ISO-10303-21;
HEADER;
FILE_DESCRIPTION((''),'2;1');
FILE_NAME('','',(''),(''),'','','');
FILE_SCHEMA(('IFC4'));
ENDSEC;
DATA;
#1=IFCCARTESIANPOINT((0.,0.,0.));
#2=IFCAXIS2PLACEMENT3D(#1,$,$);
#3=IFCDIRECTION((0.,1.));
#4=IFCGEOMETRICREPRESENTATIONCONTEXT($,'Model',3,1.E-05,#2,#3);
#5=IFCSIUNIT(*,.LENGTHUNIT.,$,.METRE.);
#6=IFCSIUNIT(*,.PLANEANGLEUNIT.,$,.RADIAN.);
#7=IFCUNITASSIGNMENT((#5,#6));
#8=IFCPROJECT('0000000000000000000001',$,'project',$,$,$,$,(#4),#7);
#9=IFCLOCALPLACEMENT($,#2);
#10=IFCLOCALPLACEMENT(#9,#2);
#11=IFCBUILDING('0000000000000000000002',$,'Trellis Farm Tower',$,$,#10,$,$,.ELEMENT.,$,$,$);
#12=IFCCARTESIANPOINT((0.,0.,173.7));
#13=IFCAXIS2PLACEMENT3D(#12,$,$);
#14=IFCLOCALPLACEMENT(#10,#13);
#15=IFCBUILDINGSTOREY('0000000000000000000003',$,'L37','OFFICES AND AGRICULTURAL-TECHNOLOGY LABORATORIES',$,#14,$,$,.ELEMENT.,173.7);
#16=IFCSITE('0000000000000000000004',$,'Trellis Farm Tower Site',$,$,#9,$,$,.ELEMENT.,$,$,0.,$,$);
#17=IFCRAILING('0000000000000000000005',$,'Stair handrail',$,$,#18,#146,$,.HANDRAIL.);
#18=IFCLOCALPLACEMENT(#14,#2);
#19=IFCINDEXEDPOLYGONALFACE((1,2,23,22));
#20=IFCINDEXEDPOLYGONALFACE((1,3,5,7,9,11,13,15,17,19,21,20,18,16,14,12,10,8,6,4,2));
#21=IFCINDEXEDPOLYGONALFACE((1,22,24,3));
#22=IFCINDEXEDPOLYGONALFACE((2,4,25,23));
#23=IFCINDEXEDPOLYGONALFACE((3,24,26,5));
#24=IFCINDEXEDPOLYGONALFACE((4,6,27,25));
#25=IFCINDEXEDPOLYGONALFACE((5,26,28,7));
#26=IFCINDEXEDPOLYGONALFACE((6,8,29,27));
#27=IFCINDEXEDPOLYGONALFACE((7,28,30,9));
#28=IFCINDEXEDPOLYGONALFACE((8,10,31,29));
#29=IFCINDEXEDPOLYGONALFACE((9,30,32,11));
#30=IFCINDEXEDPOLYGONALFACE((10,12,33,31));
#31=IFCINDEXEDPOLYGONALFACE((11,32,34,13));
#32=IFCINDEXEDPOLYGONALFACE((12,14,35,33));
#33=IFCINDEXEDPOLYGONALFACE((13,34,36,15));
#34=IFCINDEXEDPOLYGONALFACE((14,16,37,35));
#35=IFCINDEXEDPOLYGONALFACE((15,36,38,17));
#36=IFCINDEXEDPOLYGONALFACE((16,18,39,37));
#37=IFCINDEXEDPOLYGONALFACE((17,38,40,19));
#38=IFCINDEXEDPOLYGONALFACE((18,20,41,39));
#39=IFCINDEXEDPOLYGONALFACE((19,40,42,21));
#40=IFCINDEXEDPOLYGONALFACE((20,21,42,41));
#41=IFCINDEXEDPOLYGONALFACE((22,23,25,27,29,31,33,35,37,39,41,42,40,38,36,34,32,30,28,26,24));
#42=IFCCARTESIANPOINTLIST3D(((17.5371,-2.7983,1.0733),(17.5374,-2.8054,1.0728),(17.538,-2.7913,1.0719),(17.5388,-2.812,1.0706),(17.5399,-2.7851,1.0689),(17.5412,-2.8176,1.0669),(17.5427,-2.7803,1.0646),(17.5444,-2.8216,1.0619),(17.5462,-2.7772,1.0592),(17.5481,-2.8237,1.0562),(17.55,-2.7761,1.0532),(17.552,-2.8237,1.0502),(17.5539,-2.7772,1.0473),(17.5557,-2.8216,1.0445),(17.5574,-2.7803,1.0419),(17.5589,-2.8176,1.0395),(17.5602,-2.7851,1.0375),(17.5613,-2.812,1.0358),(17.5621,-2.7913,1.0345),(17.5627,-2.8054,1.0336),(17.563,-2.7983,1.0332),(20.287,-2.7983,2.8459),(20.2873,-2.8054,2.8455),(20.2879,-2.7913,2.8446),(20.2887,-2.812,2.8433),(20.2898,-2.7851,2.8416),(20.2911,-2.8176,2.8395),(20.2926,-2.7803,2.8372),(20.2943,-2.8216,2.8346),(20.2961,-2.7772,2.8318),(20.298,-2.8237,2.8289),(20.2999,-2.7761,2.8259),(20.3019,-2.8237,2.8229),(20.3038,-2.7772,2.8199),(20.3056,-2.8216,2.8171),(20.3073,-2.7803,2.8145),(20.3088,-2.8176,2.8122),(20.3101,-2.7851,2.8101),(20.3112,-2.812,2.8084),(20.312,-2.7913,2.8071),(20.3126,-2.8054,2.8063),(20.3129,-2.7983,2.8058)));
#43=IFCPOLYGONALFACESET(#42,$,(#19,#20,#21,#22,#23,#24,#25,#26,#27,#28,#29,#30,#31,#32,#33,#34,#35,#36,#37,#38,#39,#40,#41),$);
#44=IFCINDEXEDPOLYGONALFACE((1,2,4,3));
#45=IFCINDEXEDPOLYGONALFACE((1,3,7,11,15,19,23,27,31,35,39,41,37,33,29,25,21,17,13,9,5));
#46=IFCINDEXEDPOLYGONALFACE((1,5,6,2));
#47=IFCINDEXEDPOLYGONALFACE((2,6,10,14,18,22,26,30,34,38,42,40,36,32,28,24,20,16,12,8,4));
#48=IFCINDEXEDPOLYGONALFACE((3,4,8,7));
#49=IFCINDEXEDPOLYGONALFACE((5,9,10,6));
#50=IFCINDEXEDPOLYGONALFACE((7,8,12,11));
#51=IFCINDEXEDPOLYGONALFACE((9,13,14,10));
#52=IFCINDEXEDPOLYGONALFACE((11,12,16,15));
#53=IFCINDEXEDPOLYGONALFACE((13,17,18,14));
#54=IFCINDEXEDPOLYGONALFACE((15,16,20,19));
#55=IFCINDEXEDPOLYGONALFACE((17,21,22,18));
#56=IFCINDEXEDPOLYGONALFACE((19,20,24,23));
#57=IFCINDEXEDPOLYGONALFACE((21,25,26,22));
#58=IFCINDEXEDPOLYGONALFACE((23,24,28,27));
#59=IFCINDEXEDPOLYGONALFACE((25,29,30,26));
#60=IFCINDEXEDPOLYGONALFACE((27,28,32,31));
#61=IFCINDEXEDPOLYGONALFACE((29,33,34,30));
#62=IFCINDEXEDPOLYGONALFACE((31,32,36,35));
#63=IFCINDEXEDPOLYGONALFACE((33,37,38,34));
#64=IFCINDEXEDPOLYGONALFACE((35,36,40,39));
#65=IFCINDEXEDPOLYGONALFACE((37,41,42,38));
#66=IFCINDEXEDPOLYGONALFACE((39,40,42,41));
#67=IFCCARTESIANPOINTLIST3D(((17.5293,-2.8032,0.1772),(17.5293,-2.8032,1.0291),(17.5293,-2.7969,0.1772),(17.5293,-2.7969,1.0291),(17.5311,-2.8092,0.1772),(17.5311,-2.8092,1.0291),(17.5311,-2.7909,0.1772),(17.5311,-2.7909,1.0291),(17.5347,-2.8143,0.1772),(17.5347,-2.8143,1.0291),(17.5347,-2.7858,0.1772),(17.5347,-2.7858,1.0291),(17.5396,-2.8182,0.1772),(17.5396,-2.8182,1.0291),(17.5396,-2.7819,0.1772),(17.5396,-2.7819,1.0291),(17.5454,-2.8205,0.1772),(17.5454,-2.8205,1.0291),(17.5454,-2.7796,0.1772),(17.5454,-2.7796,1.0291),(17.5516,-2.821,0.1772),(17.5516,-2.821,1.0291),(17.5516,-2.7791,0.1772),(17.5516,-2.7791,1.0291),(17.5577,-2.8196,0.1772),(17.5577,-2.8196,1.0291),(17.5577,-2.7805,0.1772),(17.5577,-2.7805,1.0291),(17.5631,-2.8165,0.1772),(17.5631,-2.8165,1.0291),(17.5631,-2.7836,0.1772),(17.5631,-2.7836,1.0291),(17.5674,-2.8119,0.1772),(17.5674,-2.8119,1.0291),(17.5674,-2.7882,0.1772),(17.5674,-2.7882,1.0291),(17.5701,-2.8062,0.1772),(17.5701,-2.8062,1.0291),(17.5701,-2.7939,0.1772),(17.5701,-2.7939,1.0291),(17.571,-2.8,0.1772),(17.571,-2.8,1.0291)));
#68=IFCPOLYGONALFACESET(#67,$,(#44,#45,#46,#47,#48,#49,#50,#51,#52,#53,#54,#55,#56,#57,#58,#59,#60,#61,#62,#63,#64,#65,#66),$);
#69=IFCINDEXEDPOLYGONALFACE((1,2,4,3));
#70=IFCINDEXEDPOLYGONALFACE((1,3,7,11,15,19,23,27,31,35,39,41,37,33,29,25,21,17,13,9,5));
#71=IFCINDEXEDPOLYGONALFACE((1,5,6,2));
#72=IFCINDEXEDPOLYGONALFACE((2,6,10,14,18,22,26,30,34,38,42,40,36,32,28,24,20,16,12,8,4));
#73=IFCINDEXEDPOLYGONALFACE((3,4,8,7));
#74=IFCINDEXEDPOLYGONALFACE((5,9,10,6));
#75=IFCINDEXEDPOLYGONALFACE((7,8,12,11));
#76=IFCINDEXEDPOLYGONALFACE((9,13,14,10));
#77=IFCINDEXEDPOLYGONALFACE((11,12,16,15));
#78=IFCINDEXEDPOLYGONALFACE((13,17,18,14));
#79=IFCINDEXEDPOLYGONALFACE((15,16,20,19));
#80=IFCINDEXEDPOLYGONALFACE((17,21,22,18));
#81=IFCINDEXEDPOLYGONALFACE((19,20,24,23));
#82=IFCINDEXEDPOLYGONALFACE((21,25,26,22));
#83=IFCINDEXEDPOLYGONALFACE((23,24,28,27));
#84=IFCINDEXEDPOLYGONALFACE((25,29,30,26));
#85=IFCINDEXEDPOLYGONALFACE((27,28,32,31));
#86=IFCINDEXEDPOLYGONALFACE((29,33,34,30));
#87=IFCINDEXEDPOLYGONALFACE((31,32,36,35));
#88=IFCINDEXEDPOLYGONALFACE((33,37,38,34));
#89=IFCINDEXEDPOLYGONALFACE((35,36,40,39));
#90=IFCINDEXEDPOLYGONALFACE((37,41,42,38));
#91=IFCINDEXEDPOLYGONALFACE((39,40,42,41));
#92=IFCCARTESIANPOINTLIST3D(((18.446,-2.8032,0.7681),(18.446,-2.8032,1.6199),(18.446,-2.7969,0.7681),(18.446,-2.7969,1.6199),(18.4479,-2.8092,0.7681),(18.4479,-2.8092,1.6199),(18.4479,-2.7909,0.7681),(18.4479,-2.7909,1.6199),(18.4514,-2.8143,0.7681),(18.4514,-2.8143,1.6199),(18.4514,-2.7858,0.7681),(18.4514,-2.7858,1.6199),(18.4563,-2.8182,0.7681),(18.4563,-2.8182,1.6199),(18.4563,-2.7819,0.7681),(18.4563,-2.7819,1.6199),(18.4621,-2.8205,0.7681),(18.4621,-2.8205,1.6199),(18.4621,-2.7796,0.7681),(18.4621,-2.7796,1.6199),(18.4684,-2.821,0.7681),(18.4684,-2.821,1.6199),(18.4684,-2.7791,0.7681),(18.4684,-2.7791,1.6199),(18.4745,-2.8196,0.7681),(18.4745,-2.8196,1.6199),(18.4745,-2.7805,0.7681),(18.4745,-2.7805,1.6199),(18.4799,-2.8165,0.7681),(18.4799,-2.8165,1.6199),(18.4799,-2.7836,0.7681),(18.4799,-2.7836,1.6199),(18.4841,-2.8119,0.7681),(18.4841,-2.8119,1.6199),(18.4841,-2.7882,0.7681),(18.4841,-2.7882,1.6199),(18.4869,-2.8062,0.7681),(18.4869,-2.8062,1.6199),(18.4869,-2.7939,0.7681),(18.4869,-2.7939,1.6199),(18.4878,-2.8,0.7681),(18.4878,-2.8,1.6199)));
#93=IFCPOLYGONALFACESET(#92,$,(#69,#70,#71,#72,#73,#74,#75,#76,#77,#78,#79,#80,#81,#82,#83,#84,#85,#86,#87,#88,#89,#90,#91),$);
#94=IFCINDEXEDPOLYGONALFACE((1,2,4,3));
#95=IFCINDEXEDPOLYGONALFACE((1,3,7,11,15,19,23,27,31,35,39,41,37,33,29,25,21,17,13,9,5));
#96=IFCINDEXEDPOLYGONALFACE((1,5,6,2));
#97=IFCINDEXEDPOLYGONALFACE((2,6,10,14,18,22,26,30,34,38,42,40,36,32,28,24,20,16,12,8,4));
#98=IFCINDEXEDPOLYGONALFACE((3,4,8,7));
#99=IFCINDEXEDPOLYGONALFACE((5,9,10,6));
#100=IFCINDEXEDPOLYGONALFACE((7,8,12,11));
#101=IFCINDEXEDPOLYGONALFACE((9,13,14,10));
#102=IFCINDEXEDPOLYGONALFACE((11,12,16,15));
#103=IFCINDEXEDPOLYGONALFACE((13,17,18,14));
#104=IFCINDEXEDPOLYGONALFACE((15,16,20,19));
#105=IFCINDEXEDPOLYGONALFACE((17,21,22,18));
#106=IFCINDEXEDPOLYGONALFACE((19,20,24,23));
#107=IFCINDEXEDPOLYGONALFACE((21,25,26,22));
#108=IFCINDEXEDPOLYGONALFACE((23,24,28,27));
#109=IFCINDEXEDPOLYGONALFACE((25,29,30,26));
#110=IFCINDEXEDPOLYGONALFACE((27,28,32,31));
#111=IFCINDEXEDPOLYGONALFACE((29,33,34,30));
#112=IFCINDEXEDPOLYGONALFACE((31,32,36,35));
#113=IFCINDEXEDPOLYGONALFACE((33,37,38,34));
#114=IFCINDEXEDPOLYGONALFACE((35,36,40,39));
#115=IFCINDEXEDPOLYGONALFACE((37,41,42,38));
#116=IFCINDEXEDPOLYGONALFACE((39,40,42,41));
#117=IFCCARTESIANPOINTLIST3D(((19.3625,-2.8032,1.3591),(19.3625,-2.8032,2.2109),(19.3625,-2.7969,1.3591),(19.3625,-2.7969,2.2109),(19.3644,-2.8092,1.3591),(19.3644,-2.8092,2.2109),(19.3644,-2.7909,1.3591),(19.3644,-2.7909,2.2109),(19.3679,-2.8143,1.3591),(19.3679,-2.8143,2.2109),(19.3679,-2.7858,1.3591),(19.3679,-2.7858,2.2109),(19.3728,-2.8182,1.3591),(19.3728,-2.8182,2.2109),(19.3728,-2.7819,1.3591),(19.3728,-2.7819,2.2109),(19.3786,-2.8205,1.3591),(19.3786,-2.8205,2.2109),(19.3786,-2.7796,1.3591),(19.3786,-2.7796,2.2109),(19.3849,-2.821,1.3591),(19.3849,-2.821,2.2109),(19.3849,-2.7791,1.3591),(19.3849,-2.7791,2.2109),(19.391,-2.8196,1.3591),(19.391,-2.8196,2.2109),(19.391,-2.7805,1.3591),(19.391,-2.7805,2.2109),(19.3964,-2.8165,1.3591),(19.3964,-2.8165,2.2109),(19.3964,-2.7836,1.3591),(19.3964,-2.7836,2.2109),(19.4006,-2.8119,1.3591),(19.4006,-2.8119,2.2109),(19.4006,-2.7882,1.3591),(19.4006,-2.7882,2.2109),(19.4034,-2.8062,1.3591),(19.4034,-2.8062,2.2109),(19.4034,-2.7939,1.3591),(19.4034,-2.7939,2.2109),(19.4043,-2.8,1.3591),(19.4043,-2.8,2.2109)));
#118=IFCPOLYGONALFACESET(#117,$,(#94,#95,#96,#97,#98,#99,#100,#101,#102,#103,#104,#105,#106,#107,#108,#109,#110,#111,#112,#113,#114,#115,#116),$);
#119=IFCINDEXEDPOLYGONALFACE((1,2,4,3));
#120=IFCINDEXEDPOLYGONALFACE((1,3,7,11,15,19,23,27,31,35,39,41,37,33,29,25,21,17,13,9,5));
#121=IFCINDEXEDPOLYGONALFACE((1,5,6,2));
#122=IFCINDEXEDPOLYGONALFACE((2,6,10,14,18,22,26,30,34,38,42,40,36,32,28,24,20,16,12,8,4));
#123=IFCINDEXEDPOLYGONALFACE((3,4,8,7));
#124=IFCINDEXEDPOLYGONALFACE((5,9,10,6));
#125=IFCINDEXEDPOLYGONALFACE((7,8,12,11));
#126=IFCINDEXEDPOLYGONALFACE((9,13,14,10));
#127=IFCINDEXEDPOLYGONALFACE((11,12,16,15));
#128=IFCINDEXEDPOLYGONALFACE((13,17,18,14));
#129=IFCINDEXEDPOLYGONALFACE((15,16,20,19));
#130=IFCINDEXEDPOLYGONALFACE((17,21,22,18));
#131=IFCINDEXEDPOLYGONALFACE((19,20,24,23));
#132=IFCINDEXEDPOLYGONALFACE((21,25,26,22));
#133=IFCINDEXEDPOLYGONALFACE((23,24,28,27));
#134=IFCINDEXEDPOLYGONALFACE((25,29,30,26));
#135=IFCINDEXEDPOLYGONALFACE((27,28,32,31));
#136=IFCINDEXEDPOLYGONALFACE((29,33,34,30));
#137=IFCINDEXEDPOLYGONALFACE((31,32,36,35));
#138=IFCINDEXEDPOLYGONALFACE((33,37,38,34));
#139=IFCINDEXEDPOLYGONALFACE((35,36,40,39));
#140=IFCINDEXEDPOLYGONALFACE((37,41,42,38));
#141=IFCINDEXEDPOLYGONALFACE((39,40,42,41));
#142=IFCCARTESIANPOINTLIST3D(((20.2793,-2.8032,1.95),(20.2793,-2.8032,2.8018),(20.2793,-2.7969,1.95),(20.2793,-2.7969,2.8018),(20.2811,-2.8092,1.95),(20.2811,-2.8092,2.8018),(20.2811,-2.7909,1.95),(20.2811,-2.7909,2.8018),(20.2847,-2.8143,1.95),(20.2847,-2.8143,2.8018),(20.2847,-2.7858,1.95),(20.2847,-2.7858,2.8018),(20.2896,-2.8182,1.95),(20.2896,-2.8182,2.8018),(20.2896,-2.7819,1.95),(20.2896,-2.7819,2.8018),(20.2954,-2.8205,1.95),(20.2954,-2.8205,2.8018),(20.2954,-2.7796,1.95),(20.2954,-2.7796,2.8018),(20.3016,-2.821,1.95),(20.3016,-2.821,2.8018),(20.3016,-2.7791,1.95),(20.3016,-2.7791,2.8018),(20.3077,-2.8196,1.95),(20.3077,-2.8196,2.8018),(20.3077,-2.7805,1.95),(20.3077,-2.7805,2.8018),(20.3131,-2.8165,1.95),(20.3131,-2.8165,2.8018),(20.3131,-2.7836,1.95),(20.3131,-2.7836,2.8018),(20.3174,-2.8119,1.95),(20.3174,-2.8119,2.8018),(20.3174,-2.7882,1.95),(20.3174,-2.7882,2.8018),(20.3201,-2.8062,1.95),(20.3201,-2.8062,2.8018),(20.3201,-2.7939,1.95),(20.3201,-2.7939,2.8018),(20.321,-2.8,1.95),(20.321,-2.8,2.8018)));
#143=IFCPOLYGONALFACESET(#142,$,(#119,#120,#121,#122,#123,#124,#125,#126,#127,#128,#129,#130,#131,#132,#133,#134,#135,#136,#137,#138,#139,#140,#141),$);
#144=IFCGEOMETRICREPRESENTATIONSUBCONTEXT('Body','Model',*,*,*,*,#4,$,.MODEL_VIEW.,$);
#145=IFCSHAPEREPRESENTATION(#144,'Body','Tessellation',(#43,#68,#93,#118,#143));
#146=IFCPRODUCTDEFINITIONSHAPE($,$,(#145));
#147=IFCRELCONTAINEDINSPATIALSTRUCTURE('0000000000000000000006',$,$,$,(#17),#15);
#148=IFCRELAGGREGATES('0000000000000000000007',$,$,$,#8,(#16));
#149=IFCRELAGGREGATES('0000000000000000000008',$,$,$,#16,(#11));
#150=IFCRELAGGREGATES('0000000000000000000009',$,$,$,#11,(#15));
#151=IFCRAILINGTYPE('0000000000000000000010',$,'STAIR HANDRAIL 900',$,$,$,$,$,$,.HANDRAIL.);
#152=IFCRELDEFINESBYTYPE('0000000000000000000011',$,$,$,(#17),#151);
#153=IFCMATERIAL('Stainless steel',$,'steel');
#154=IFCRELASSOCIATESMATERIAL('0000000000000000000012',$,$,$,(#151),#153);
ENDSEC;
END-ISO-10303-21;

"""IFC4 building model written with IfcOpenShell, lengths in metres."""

from ifc_helpers import new_model, si_unit, direction, frame, origin, origin_2d, place, context, subcontext, project, spatial, circle, extrude, source, transform, mapped, material, type_object, element, save


model = new_model("IFC4")

# Units and contexts
model_context = context("Model", 3, precision=1e-05, world=origin(), true_north=direction((0.0, 1.0)))
body_context = subcontext(model_context, "Body", "Model", "MODEL_VIEW")
ifc_project = project(units=[si_unit("LENGTHUNIT", "METRE"), si_unit("PLANEANGLEUNIT", "RADIAN")], contexts=[model_context])

# Site, building, storey
site_placement = place(None, origin())
site = spatial("IfcSite", under=ifc_project, at=site_placement, Name="Trellis Farm Tower Site", CompositionType="ELEMENT", RefElevation=0.0)
building_placement = place(site_placement, origin())
building = spatial("IfcBuilding", under=site, at=building_placement, Name="Trellis Farm Tower", CompositionType="ELEMENT")
storey_placement = place(building_placement, frame((0.0, 0.0, 173.7)))
storey = spatial("IfcBuildingStorey", under=building, at=storey_placement, Name="L37", Description="OFFICES AND AGRICULTURAL-TECHNOLOGY LABORATORIES", CompositionType="ELEMENT", Elevation=173.7)

# Railing
ifc_material_1 = material(Name="Stainless steel", Category="steel")
railing_type = type_object("IfcRailingType", Name="STAIR HANDRAIL 900", PredefinedType="HANDRAIL", material=ifc_material_1)
shared_shape_1 = source(origin(), body_context, "Body", "SweptSolid", [
    extrude(circle(Radius=0.0239, at=origin_2d()), frame((0.0, 0.0, 0.876), z_axis=(0.840504, 0.0, 0.541806), x_axis=(0.0, 1.0, 0.0)), (0.0, 0.0, 1.0), 3.2717),
    extrude(circle(Radius=0.021, at=origin_2d()), origin(), (0.0, 0.0, 1.0), 0.8518),
    extrude(circle(Radius=0.021, at=origin_2d()), frame((0.9167, 0.0, 0.5908)), (0.0, 0.0, 1.0), 0.8518),
    extrude(circle(Radius=0.021, at=origin_2d()), frame((1.8333, 0.0, 1.1819)), (0.0, 0.0, 1.0), 0.8518),
    extrude(circle(Radius=0.021, at=origin_2d()), frame((2.75, 0.0, 1.7727)), (0.0, 0.0, 1.0), 0.8518),
])
for number, where, name in (
    (1, (17.55, -2.8, 0.1772), "Stair handrail"),
):
    element("IfcRailing", number, at=place(storey_placement, frame(where)), inside=storey, type_object=railing_type, Name=name, PredefinedType="HANDRAIL", context=body_context, shape_type="MappedRepresentation", body=[
        mapped(shared_shape_1, transform((0.0, 0.0, 0.0))),
    ])

save(model, "model.ifc")
